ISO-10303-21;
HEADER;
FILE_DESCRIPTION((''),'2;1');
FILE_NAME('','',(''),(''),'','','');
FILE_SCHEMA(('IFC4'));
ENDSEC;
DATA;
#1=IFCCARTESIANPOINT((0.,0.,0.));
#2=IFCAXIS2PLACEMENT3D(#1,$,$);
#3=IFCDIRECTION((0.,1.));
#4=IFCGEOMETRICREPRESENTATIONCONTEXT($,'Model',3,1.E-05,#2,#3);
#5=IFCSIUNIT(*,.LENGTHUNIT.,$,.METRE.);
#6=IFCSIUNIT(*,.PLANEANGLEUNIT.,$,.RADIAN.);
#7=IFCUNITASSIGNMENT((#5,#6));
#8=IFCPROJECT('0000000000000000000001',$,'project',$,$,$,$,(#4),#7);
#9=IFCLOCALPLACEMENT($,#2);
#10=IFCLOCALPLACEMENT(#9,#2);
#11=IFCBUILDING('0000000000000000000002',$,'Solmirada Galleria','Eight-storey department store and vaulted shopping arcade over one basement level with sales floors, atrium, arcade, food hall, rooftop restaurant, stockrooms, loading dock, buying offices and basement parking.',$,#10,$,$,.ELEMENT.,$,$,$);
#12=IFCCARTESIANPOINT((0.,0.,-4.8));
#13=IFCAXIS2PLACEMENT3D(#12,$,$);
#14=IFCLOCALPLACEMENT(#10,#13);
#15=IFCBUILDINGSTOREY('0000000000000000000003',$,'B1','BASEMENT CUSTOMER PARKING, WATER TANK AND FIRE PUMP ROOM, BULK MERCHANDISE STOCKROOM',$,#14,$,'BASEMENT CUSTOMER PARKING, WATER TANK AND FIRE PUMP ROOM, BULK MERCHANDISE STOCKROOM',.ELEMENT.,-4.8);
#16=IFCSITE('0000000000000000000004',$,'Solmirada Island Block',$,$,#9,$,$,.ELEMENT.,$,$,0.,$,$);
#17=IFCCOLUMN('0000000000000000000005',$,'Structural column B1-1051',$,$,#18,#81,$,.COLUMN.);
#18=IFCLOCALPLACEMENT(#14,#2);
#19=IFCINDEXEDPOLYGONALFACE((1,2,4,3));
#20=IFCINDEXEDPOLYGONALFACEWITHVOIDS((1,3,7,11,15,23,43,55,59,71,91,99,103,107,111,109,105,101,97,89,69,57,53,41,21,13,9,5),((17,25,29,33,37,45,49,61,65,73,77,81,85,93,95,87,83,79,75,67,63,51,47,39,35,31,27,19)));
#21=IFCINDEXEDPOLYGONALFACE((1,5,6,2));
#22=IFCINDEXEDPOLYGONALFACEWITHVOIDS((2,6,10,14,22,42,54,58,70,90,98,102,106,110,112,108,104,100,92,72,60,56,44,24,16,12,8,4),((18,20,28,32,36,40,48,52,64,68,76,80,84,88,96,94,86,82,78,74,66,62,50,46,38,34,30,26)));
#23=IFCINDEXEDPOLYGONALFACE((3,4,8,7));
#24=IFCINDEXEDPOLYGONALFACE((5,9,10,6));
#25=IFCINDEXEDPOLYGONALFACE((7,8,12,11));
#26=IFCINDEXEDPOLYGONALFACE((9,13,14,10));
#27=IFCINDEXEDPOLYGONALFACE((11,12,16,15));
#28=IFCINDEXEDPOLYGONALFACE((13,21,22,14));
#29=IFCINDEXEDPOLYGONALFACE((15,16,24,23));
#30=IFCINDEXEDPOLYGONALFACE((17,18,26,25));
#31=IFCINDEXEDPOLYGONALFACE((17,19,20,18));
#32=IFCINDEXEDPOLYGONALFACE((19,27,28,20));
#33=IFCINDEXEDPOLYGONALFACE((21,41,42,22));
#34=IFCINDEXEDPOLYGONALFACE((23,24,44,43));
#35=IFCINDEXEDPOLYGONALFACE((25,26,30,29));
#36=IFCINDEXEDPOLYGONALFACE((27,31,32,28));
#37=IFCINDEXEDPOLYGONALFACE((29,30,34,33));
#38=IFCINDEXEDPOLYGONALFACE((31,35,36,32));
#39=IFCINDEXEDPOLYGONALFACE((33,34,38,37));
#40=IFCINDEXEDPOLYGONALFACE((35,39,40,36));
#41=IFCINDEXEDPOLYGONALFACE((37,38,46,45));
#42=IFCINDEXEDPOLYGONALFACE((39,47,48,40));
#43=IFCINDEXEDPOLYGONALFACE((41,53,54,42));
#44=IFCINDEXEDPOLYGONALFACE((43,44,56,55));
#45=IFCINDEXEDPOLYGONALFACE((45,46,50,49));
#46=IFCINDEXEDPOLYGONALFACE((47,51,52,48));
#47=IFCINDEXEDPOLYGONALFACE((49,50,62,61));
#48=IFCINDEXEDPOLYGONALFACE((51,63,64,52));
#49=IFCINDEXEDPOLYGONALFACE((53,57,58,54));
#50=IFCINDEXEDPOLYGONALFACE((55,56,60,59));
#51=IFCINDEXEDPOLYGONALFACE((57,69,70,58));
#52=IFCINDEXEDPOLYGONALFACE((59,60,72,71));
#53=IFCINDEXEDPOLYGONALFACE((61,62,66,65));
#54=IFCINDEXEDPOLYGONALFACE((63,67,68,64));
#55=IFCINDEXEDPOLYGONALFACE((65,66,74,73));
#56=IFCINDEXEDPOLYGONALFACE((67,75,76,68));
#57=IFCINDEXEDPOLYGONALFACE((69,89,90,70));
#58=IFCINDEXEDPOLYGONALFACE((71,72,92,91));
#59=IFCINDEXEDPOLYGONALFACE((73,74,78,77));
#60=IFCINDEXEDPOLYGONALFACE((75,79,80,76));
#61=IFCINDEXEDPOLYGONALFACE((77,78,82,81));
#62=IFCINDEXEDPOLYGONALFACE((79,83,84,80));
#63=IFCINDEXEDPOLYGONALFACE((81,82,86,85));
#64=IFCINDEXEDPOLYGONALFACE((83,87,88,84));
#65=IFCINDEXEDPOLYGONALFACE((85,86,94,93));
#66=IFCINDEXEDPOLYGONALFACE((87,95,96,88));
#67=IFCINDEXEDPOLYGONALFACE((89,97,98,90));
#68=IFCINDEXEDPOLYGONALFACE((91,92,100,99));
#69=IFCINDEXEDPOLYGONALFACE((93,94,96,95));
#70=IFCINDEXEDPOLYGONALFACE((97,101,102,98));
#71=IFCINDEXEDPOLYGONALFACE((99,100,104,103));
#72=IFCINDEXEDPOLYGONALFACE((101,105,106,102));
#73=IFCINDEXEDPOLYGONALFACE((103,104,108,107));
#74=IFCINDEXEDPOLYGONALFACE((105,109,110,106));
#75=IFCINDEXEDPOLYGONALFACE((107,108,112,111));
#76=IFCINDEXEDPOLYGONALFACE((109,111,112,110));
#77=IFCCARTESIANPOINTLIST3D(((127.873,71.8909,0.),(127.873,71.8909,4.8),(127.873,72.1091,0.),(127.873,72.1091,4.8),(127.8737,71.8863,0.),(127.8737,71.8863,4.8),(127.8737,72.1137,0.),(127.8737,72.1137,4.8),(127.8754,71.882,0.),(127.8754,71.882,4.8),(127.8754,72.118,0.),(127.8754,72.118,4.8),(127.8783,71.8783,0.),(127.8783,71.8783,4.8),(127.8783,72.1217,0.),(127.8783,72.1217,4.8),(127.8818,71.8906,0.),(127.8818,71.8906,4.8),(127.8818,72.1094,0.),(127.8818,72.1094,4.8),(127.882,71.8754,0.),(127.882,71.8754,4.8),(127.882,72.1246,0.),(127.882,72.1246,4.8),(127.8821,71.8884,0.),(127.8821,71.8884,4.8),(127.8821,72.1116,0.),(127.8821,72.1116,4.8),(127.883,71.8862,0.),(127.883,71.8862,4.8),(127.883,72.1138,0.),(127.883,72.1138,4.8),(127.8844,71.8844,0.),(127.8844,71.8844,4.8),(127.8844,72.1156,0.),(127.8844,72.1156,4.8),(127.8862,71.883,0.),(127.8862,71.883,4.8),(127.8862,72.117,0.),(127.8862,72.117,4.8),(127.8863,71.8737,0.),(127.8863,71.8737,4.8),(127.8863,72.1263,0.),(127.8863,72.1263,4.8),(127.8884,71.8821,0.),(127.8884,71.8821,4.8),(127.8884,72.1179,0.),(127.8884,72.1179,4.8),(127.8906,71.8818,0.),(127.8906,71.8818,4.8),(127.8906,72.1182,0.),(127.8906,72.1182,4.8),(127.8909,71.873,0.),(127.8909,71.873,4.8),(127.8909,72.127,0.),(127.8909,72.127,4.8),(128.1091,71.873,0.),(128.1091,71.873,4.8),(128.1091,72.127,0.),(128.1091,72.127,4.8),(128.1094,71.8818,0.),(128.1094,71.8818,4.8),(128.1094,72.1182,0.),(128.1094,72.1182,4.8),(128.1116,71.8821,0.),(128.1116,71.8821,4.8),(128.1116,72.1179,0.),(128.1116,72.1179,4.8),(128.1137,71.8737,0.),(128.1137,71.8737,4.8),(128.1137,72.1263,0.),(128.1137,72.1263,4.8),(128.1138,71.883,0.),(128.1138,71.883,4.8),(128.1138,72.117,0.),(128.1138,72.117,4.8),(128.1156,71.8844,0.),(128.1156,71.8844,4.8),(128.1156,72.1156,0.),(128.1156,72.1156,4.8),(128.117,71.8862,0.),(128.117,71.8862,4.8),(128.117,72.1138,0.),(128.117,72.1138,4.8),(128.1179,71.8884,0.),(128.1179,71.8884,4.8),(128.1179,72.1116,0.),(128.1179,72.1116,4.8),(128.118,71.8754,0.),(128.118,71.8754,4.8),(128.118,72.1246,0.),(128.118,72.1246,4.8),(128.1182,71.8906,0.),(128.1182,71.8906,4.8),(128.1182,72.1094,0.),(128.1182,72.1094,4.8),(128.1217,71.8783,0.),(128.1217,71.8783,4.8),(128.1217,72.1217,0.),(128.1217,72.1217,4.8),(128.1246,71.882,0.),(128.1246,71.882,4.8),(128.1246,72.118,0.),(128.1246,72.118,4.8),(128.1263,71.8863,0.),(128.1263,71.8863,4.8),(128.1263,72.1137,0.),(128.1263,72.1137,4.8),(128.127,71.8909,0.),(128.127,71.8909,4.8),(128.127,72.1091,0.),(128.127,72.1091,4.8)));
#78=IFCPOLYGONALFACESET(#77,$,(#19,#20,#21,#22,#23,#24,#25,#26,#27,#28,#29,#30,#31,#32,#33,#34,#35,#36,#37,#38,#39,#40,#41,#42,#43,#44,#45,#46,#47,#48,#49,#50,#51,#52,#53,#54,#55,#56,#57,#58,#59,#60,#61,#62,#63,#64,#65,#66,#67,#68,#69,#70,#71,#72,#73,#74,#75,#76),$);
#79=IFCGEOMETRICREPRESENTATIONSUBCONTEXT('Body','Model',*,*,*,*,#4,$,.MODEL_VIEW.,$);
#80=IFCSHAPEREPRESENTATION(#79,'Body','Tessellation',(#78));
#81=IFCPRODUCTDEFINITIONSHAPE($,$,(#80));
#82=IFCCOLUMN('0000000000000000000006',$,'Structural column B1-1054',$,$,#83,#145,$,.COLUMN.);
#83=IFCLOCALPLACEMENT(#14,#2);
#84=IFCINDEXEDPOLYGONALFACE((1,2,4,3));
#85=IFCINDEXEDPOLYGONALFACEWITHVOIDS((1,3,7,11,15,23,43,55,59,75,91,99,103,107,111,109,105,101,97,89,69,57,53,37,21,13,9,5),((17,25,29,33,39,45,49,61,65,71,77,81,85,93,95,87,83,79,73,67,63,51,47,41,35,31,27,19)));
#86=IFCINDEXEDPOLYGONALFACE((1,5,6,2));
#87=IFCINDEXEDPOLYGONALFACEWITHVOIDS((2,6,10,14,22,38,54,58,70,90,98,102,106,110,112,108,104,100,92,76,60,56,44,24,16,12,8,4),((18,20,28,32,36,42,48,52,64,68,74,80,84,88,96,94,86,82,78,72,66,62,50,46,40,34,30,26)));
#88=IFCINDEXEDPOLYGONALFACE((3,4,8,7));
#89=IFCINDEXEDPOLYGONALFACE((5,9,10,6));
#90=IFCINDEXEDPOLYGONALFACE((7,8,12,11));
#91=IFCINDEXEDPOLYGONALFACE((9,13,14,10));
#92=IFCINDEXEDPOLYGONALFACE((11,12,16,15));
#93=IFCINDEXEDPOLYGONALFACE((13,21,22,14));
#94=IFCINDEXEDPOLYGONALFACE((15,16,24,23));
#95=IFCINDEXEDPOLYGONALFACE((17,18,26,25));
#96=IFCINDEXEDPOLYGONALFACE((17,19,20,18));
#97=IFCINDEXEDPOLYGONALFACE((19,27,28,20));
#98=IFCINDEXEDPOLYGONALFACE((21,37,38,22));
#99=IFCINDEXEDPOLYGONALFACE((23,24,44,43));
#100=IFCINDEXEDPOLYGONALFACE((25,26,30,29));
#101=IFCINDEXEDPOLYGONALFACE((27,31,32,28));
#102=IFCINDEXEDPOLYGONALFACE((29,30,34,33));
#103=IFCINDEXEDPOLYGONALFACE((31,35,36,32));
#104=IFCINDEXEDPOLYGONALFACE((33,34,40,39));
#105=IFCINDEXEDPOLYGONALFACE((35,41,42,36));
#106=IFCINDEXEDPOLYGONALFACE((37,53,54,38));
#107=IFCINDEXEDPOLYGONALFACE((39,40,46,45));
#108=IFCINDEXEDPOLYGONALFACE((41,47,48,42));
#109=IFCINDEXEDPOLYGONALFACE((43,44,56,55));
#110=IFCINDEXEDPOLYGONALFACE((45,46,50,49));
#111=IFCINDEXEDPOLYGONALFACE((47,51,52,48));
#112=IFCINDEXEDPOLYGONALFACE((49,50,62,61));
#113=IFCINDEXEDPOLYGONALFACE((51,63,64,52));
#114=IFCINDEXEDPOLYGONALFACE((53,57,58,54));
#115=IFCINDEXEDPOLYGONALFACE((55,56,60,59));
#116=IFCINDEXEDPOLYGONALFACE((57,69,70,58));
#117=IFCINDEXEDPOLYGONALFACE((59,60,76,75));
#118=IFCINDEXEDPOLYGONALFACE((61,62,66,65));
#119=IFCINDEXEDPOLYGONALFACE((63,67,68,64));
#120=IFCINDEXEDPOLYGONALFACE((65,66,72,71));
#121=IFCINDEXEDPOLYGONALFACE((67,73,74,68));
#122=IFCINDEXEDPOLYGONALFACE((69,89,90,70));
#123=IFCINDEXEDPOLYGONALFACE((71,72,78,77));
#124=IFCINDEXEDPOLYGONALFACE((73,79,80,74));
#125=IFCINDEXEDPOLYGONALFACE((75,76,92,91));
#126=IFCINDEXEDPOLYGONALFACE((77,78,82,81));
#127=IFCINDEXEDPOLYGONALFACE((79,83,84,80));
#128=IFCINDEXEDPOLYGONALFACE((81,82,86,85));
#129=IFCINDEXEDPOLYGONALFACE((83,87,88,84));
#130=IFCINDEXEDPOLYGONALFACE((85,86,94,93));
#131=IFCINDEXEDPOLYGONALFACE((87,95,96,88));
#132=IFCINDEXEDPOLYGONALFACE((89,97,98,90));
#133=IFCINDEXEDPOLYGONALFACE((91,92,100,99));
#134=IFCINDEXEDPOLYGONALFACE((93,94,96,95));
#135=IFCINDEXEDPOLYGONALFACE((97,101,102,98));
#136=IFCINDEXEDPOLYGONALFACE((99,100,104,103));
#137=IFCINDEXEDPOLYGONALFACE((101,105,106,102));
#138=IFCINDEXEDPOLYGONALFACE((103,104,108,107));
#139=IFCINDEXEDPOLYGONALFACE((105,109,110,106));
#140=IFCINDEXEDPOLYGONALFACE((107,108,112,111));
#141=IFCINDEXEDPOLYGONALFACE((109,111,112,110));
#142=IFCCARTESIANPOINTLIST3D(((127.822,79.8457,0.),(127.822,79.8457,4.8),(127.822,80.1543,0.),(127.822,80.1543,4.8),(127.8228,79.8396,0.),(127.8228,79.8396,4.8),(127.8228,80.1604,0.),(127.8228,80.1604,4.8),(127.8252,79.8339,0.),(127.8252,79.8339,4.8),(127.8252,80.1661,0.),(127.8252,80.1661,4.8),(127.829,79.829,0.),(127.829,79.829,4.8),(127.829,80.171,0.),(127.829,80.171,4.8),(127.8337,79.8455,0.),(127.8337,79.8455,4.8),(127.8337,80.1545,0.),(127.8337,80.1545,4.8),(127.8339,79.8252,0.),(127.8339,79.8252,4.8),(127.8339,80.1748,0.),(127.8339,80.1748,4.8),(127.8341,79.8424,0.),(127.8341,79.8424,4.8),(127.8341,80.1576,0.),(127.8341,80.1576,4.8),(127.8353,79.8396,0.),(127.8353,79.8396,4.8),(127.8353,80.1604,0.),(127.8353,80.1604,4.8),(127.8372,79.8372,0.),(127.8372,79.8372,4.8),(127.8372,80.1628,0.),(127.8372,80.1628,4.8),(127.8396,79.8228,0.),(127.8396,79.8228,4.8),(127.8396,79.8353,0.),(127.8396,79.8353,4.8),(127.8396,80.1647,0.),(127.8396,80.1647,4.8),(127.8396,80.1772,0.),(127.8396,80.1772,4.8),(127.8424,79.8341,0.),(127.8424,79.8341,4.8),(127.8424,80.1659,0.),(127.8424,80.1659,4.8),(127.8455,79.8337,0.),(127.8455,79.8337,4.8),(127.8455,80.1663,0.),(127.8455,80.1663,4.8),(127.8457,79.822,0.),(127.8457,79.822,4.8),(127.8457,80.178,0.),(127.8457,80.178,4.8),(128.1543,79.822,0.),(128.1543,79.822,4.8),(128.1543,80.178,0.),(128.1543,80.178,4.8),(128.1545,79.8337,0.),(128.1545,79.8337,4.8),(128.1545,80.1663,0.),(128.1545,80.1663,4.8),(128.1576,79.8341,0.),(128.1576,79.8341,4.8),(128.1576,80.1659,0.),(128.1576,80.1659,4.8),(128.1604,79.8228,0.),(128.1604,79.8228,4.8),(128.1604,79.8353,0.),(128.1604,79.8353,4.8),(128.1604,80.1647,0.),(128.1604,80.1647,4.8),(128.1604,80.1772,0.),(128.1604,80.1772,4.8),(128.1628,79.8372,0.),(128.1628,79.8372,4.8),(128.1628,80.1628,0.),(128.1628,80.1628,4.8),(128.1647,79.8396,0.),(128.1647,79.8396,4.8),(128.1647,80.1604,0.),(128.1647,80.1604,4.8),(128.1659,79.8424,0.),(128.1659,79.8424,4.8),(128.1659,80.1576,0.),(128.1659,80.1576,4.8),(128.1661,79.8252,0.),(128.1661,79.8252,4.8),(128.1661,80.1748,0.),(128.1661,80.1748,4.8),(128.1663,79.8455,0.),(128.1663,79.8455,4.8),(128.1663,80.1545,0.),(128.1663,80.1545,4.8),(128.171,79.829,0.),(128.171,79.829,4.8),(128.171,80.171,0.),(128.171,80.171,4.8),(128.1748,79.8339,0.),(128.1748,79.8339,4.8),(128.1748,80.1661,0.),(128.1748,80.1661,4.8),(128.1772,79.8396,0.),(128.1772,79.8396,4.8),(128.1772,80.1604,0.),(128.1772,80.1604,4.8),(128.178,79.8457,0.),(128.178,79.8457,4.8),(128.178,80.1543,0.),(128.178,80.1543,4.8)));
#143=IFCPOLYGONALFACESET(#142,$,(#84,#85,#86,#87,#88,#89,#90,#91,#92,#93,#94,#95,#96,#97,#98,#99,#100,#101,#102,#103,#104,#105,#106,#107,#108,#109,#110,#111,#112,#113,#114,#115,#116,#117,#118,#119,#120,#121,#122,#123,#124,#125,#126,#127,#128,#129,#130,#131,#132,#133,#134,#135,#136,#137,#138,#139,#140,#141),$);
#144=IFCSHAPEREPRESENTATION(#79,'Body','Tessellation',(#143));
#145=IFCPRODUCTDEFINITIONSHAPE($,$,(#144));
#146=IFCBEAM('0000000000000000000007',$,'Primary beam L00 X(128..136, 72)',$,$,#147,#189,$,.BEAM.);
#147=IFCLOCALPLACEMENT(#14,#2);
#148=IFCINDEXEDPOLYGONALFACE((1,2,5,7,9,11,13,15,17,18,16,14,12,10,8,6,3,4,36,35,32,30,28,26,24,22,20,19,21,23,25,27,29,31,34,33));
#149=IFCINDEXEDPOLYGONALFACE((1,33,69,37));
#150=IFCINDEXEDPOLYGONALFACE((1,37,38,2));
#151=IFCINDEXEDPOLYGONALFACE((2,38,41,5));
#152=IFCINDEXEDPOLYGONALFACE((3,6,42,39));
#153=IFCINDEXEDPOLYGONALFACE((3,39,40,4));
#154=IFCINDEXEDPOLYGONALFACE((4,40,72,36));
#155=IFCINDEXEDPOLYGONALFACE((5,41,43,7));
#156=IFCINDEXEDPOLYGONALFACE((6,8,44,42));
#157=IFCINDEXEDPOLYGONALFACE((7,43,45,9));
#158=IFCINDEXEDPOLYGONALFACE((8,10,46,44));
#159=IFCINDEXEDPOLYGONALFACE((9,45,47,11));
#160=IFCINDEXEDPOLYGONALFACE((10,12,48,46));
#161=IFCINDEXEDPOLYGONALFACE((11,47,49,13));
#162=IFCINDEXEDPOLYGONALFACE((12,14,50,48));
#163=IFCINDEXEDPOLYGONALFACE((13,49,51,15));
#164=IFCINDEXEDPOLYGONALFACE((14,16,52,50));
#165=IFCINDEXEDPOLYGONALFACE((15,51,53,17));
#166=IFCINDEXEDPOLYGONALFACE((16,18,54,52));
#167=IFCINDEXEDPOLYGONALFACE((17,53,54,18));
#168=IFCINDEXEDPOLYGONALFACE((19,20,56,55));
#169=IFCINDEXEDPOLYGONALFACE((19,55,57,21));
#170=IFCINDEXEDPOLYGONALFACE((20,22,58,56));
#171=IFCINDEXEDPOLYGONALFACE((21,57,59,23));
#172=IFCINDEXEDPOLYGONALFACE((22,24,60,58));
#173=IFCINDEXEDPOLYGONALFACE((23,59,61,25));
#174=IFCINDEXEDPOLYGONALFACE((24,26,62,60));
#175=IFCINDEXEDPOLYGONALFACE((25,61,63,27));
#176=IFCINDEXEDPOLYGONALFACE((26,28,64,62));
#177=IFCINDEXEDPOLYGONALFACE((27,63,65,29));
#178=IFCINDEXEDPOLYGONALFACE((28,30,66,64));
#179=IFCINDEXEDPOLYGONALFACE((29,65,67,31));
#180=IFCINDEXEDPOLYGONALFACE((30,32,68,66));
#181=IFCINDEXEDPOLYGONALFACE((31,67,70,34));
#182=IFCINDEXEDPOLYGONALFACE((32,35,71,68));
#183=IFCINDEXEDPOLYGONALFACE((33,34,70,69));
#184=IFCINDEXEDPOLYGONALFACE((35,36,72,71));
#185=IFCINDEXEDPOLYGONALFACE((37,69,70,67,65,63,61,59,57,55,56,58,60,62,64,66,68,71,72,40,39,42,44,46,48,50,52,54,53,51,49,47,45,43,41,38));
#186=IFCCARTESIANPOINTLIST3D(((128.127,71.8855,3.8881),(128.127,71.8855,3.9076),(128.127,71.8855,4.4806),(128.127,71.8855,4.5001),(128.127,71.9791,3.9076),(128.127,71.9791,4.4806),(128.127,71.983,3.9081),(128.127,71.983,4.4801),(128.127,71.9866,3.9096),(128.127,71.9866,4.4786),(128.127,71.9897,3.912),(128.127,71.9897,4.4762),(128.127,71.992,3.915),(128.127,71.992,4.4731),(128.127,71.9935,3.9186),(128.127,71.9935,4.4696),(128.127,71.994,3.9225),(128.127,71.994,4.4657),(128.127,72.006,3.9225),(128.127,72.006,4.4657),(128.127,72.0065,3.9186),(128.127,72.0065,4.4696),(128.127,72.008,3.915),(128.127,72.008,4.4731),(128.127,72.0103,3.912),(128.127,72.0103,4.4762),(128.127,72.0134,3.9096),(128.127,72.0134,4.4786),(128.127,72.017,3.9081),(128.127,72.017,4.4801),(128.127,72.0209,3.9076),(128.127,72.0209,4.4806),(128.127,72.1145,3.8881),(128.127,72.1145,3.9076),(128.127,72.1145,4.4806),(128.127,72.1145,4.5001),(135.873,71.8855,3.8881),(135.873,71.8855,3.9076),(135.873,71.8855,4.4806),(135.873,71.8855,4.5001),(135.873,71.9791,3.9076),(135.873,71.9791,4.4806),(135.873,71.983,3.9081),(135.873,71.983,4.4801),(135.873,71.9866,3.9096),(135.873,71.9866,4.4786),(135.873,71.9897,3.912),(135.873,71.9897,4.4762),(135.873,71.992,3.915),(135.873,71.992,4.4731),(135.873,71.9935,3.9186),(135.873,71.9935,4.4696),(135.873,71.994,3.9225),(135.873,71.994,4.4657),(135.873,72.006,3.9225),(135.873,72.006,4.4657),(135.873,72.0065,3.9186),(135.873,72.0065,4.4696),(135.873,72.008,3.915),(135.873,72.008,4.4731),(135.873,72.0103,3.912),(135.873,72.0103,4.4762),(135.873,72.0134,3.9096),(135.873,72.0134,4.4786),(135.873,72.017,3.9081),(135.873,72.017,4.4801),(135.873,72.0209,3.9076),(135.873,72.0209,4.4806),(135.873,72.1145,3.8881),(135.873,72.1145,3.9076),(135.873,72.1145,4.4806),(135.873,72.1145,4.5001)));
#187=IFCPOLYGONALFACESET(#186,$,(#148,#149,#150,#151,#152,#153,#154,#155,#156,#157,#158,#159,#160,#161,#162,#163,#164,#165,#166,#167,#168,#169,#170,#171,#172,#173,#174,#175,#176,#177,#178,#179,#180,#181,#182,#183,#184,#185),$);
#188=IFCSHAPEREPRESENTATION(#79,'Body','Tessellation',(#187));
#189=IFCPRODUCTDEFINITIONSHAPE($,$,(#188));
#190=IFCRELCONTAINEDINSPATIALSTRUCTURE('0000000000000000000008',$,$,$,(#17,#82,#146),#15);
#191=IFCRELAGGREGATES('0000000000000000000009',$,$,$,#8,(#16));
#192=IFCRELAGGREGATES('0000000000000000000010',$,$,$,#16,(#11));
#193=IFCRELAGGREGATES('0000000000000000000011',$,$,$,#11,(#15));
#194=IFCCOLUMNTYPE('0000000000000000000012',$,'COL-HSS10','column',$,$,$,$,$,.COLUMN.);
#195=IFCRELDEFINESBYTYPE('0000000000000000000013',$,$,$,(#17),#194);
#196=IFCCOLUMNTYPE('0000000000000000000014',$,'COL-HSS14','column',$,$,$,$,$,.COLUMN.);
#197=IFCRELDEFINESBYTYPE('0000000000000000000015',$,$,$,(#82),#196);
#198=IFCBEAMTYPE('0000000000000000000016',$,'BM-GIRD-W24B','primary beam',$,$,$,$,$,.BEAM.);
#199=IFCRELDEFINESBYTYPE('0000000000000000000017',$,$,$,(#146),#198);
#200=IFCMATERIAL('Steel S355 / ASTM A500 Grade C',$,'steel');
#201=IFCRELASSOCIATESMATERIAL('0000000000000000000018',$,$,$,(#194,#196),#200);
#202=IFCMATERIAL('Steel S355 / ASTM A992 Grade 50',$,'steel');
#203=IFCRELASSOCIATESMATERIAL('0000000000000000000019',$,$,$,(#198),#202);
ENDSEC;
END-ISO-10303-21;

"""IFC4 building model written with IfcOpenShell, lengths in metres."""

from ifc_helpers import new_model, si_unit, direction, frame, origin, origin_2d, place, context, subcontext, project, spatial, hollow_rectangle, i_section, extrude, material, material_profile, profile_set, type_object, element, save


model = new_model("IFC4")

# Units and contexts
model_context = context("Model", 3, precision=1e-05, world=origin(), true_north=direction((0.0, 1.0)))
body_context = subcontext(model_context, "Body", "Model", "MODEL_VIEW")
ifc_project = project(units=[si_unit("LENGTHUNIT", "METRE"), si_unit("PLANEANGLEUNIT", "RADIAN")], contexts=[model_context])

# Site, building, storey
site_placement = place(None, origin())
site = spatial("IfcSite", under=ifc_project, at=site_placement, Name="Solmirada Island Block", CompositionType="ELEMENT", RefElevation=0.0)
building_placement = place(site_placement, origin())
building = spatial("IfcBuilding", under=site, at=building_placement, Name="Solmirada Galleria", Description="Eight-storey department store and vaulted shopping arcade over one basement level with sales floors, atrium, arcade, food hall, rooftop restaurant, stockrooms, loading dock, buying offices and basement parking.", CompositionType="ELEMENT")
storey_placement = place(building_placement, frame((0.0, 0.0, -4.8)))
storey = spatial("IfcBuildingStorey", under=building, at=storey_placement, Name="B1", Description="BASEMENT CUSTOMER PARKING, WATER TANK AND FIRE PUMP ROOM, BULK MERCHANDISE STOCKROOM", LongName="BASEMENT CUSTOMER PARKING, WATER TANK AND FIRE PUMP ROOM, BULK MERCHANDISE STOCKROOM", CompositionType="ELEMENT", Elevation=-4.8)

# Columns
ifc_material_1 = material(Name="Steel S355 / ASTM A500 Grade C", Category="steel")
ifc_material_profile_1 = material_profile(ifc_material_1, hollow_rectangle(XDim=0.2539, YDim=0.2539, WallThickness=0.0088, InnerFilletRadius=0.0088, OuterFilletRadius=0.0178, at=origin_2d()), Name="HSS10X10X3/8")
ifc_profile_set_1 = profile_set([ifc_material_profile_1], Name="Steel S355 / ASTM A500 Grade C")
column_type_1 = type_object("IfcColumnType", Name="COL-HSS10", Description="column", PredefinedType="COLUMN", material=ifc_profile_set_1)
column_1_placement = place(storey_placement, frame((128.0, 72.0, 0.0), z_axis=(0.0, 0.0, 1.0), x_axis=(1.0, 0.0, 0.0)))
element("IfcColumn", 1, at=column_1_placement, inside=storey, type_object=column_type_1, Name="Structural column B1-1051", PredefinedType="COLUMN", context=body_context, shape_type="SweptSolid", body=[
    extrude(hollow_rectangle(XDim=0.2539, YDim=0.2539, WallThickness=0.0088, InnerFilletRadius=0.0088, OuterFilletRadius=0.0178, at=origin_2d()), origin(), (0.0, 0.0, 1.0), 4.8),
])
ifc_material_profile_2 = material_profile(ifc_material_1, hollow_rectangle(XDim=0.356, YDim=0.356, WallThickness=0.0117, InnerFilletRadius=0.0117, OuterFilletRadius=0.0237, at=origin_2d()), Name="HSS14X14X1/2")
ifc_profile_set_2 = profile_set([ifc_material_profile_2], Name="Steel S355 / ASTM A500 Grade C")
column_type_2 = type_object("IfcColumnType", Name="COL-HSS14", Description="column", PredefinedType="COLUMN", material=ifc_profile_set_2)
column_2_placement = place(storey_placement, frame((128.0, 80.0, 0.0), z_axis=(0.0, 0.0, 1.0), x_axis=(1.0, 0.0, 0.0)))
element("IfcColumn", 2, at=column_2_placement, inside=storey, type_object=column_type_2, Name="Structural column B1-1054", PredefinedType="COLUMN", context=body_context, shape_type="SweptSolid", body=[
    extrude(hollow_rectangle(XDim=0.356, YDim=0.356, WallThickness=0.0117, InnerFilletRadius=0.0117, OuterFilletRadius=0.0237, at=origin_2d()), origin(), (0.0, 0.0, 1.0), 4.8),
])

# Beam
ifc_material_2 = material(Name="Steel S355 / ASTM A992 Grade 50", Category="steel")
ifc_material_profile_3 = material_profile(ifc_material_2, i_section(OverallWidth=0.229, OverallDepth=0.6121, WebThickness=0.012, FlangeThickness=0.0195, FilletRadius=0.0149, at=origin_2d()), Name="W24X84")
ifc_profile_set_3 = profile_set([ifc_material_profile_3], Name="Steel S355 / ASTM A992 Grade 50")
beam_type_1 = type_object("IfcBeamType", Name="BM-GIRD-W24B", Description="primary beam", PredefinedType="BEAM", material=ifc_profile_set_3)
beam_1_placement = place(storey_placement, frame((128.127, 72.0, 4.1941), z_axis=(1.0, 0.0, 0.0), x_axis=(0.0, 1.0, 0.0)))
element("IfcBeam", 3, at=beam_1_placement, inside=storey, type_object=beam_type_1, Name="Primary beam L00 X(128..136, 72)", PredefinedType="BEAM", context=body_context, shape_type="SweptSolid", body=[
    extrude(i_section(OverallWidth=0.229, OverallDepth=0.6121, WebThickness=0.012, FlangeThickness=0.0195, FilletRadius=0.0149, at=origin_2d()), origin(), (0.0, 0.0, 1.0), 7.7461),
])

save(model, "model.ifc")
